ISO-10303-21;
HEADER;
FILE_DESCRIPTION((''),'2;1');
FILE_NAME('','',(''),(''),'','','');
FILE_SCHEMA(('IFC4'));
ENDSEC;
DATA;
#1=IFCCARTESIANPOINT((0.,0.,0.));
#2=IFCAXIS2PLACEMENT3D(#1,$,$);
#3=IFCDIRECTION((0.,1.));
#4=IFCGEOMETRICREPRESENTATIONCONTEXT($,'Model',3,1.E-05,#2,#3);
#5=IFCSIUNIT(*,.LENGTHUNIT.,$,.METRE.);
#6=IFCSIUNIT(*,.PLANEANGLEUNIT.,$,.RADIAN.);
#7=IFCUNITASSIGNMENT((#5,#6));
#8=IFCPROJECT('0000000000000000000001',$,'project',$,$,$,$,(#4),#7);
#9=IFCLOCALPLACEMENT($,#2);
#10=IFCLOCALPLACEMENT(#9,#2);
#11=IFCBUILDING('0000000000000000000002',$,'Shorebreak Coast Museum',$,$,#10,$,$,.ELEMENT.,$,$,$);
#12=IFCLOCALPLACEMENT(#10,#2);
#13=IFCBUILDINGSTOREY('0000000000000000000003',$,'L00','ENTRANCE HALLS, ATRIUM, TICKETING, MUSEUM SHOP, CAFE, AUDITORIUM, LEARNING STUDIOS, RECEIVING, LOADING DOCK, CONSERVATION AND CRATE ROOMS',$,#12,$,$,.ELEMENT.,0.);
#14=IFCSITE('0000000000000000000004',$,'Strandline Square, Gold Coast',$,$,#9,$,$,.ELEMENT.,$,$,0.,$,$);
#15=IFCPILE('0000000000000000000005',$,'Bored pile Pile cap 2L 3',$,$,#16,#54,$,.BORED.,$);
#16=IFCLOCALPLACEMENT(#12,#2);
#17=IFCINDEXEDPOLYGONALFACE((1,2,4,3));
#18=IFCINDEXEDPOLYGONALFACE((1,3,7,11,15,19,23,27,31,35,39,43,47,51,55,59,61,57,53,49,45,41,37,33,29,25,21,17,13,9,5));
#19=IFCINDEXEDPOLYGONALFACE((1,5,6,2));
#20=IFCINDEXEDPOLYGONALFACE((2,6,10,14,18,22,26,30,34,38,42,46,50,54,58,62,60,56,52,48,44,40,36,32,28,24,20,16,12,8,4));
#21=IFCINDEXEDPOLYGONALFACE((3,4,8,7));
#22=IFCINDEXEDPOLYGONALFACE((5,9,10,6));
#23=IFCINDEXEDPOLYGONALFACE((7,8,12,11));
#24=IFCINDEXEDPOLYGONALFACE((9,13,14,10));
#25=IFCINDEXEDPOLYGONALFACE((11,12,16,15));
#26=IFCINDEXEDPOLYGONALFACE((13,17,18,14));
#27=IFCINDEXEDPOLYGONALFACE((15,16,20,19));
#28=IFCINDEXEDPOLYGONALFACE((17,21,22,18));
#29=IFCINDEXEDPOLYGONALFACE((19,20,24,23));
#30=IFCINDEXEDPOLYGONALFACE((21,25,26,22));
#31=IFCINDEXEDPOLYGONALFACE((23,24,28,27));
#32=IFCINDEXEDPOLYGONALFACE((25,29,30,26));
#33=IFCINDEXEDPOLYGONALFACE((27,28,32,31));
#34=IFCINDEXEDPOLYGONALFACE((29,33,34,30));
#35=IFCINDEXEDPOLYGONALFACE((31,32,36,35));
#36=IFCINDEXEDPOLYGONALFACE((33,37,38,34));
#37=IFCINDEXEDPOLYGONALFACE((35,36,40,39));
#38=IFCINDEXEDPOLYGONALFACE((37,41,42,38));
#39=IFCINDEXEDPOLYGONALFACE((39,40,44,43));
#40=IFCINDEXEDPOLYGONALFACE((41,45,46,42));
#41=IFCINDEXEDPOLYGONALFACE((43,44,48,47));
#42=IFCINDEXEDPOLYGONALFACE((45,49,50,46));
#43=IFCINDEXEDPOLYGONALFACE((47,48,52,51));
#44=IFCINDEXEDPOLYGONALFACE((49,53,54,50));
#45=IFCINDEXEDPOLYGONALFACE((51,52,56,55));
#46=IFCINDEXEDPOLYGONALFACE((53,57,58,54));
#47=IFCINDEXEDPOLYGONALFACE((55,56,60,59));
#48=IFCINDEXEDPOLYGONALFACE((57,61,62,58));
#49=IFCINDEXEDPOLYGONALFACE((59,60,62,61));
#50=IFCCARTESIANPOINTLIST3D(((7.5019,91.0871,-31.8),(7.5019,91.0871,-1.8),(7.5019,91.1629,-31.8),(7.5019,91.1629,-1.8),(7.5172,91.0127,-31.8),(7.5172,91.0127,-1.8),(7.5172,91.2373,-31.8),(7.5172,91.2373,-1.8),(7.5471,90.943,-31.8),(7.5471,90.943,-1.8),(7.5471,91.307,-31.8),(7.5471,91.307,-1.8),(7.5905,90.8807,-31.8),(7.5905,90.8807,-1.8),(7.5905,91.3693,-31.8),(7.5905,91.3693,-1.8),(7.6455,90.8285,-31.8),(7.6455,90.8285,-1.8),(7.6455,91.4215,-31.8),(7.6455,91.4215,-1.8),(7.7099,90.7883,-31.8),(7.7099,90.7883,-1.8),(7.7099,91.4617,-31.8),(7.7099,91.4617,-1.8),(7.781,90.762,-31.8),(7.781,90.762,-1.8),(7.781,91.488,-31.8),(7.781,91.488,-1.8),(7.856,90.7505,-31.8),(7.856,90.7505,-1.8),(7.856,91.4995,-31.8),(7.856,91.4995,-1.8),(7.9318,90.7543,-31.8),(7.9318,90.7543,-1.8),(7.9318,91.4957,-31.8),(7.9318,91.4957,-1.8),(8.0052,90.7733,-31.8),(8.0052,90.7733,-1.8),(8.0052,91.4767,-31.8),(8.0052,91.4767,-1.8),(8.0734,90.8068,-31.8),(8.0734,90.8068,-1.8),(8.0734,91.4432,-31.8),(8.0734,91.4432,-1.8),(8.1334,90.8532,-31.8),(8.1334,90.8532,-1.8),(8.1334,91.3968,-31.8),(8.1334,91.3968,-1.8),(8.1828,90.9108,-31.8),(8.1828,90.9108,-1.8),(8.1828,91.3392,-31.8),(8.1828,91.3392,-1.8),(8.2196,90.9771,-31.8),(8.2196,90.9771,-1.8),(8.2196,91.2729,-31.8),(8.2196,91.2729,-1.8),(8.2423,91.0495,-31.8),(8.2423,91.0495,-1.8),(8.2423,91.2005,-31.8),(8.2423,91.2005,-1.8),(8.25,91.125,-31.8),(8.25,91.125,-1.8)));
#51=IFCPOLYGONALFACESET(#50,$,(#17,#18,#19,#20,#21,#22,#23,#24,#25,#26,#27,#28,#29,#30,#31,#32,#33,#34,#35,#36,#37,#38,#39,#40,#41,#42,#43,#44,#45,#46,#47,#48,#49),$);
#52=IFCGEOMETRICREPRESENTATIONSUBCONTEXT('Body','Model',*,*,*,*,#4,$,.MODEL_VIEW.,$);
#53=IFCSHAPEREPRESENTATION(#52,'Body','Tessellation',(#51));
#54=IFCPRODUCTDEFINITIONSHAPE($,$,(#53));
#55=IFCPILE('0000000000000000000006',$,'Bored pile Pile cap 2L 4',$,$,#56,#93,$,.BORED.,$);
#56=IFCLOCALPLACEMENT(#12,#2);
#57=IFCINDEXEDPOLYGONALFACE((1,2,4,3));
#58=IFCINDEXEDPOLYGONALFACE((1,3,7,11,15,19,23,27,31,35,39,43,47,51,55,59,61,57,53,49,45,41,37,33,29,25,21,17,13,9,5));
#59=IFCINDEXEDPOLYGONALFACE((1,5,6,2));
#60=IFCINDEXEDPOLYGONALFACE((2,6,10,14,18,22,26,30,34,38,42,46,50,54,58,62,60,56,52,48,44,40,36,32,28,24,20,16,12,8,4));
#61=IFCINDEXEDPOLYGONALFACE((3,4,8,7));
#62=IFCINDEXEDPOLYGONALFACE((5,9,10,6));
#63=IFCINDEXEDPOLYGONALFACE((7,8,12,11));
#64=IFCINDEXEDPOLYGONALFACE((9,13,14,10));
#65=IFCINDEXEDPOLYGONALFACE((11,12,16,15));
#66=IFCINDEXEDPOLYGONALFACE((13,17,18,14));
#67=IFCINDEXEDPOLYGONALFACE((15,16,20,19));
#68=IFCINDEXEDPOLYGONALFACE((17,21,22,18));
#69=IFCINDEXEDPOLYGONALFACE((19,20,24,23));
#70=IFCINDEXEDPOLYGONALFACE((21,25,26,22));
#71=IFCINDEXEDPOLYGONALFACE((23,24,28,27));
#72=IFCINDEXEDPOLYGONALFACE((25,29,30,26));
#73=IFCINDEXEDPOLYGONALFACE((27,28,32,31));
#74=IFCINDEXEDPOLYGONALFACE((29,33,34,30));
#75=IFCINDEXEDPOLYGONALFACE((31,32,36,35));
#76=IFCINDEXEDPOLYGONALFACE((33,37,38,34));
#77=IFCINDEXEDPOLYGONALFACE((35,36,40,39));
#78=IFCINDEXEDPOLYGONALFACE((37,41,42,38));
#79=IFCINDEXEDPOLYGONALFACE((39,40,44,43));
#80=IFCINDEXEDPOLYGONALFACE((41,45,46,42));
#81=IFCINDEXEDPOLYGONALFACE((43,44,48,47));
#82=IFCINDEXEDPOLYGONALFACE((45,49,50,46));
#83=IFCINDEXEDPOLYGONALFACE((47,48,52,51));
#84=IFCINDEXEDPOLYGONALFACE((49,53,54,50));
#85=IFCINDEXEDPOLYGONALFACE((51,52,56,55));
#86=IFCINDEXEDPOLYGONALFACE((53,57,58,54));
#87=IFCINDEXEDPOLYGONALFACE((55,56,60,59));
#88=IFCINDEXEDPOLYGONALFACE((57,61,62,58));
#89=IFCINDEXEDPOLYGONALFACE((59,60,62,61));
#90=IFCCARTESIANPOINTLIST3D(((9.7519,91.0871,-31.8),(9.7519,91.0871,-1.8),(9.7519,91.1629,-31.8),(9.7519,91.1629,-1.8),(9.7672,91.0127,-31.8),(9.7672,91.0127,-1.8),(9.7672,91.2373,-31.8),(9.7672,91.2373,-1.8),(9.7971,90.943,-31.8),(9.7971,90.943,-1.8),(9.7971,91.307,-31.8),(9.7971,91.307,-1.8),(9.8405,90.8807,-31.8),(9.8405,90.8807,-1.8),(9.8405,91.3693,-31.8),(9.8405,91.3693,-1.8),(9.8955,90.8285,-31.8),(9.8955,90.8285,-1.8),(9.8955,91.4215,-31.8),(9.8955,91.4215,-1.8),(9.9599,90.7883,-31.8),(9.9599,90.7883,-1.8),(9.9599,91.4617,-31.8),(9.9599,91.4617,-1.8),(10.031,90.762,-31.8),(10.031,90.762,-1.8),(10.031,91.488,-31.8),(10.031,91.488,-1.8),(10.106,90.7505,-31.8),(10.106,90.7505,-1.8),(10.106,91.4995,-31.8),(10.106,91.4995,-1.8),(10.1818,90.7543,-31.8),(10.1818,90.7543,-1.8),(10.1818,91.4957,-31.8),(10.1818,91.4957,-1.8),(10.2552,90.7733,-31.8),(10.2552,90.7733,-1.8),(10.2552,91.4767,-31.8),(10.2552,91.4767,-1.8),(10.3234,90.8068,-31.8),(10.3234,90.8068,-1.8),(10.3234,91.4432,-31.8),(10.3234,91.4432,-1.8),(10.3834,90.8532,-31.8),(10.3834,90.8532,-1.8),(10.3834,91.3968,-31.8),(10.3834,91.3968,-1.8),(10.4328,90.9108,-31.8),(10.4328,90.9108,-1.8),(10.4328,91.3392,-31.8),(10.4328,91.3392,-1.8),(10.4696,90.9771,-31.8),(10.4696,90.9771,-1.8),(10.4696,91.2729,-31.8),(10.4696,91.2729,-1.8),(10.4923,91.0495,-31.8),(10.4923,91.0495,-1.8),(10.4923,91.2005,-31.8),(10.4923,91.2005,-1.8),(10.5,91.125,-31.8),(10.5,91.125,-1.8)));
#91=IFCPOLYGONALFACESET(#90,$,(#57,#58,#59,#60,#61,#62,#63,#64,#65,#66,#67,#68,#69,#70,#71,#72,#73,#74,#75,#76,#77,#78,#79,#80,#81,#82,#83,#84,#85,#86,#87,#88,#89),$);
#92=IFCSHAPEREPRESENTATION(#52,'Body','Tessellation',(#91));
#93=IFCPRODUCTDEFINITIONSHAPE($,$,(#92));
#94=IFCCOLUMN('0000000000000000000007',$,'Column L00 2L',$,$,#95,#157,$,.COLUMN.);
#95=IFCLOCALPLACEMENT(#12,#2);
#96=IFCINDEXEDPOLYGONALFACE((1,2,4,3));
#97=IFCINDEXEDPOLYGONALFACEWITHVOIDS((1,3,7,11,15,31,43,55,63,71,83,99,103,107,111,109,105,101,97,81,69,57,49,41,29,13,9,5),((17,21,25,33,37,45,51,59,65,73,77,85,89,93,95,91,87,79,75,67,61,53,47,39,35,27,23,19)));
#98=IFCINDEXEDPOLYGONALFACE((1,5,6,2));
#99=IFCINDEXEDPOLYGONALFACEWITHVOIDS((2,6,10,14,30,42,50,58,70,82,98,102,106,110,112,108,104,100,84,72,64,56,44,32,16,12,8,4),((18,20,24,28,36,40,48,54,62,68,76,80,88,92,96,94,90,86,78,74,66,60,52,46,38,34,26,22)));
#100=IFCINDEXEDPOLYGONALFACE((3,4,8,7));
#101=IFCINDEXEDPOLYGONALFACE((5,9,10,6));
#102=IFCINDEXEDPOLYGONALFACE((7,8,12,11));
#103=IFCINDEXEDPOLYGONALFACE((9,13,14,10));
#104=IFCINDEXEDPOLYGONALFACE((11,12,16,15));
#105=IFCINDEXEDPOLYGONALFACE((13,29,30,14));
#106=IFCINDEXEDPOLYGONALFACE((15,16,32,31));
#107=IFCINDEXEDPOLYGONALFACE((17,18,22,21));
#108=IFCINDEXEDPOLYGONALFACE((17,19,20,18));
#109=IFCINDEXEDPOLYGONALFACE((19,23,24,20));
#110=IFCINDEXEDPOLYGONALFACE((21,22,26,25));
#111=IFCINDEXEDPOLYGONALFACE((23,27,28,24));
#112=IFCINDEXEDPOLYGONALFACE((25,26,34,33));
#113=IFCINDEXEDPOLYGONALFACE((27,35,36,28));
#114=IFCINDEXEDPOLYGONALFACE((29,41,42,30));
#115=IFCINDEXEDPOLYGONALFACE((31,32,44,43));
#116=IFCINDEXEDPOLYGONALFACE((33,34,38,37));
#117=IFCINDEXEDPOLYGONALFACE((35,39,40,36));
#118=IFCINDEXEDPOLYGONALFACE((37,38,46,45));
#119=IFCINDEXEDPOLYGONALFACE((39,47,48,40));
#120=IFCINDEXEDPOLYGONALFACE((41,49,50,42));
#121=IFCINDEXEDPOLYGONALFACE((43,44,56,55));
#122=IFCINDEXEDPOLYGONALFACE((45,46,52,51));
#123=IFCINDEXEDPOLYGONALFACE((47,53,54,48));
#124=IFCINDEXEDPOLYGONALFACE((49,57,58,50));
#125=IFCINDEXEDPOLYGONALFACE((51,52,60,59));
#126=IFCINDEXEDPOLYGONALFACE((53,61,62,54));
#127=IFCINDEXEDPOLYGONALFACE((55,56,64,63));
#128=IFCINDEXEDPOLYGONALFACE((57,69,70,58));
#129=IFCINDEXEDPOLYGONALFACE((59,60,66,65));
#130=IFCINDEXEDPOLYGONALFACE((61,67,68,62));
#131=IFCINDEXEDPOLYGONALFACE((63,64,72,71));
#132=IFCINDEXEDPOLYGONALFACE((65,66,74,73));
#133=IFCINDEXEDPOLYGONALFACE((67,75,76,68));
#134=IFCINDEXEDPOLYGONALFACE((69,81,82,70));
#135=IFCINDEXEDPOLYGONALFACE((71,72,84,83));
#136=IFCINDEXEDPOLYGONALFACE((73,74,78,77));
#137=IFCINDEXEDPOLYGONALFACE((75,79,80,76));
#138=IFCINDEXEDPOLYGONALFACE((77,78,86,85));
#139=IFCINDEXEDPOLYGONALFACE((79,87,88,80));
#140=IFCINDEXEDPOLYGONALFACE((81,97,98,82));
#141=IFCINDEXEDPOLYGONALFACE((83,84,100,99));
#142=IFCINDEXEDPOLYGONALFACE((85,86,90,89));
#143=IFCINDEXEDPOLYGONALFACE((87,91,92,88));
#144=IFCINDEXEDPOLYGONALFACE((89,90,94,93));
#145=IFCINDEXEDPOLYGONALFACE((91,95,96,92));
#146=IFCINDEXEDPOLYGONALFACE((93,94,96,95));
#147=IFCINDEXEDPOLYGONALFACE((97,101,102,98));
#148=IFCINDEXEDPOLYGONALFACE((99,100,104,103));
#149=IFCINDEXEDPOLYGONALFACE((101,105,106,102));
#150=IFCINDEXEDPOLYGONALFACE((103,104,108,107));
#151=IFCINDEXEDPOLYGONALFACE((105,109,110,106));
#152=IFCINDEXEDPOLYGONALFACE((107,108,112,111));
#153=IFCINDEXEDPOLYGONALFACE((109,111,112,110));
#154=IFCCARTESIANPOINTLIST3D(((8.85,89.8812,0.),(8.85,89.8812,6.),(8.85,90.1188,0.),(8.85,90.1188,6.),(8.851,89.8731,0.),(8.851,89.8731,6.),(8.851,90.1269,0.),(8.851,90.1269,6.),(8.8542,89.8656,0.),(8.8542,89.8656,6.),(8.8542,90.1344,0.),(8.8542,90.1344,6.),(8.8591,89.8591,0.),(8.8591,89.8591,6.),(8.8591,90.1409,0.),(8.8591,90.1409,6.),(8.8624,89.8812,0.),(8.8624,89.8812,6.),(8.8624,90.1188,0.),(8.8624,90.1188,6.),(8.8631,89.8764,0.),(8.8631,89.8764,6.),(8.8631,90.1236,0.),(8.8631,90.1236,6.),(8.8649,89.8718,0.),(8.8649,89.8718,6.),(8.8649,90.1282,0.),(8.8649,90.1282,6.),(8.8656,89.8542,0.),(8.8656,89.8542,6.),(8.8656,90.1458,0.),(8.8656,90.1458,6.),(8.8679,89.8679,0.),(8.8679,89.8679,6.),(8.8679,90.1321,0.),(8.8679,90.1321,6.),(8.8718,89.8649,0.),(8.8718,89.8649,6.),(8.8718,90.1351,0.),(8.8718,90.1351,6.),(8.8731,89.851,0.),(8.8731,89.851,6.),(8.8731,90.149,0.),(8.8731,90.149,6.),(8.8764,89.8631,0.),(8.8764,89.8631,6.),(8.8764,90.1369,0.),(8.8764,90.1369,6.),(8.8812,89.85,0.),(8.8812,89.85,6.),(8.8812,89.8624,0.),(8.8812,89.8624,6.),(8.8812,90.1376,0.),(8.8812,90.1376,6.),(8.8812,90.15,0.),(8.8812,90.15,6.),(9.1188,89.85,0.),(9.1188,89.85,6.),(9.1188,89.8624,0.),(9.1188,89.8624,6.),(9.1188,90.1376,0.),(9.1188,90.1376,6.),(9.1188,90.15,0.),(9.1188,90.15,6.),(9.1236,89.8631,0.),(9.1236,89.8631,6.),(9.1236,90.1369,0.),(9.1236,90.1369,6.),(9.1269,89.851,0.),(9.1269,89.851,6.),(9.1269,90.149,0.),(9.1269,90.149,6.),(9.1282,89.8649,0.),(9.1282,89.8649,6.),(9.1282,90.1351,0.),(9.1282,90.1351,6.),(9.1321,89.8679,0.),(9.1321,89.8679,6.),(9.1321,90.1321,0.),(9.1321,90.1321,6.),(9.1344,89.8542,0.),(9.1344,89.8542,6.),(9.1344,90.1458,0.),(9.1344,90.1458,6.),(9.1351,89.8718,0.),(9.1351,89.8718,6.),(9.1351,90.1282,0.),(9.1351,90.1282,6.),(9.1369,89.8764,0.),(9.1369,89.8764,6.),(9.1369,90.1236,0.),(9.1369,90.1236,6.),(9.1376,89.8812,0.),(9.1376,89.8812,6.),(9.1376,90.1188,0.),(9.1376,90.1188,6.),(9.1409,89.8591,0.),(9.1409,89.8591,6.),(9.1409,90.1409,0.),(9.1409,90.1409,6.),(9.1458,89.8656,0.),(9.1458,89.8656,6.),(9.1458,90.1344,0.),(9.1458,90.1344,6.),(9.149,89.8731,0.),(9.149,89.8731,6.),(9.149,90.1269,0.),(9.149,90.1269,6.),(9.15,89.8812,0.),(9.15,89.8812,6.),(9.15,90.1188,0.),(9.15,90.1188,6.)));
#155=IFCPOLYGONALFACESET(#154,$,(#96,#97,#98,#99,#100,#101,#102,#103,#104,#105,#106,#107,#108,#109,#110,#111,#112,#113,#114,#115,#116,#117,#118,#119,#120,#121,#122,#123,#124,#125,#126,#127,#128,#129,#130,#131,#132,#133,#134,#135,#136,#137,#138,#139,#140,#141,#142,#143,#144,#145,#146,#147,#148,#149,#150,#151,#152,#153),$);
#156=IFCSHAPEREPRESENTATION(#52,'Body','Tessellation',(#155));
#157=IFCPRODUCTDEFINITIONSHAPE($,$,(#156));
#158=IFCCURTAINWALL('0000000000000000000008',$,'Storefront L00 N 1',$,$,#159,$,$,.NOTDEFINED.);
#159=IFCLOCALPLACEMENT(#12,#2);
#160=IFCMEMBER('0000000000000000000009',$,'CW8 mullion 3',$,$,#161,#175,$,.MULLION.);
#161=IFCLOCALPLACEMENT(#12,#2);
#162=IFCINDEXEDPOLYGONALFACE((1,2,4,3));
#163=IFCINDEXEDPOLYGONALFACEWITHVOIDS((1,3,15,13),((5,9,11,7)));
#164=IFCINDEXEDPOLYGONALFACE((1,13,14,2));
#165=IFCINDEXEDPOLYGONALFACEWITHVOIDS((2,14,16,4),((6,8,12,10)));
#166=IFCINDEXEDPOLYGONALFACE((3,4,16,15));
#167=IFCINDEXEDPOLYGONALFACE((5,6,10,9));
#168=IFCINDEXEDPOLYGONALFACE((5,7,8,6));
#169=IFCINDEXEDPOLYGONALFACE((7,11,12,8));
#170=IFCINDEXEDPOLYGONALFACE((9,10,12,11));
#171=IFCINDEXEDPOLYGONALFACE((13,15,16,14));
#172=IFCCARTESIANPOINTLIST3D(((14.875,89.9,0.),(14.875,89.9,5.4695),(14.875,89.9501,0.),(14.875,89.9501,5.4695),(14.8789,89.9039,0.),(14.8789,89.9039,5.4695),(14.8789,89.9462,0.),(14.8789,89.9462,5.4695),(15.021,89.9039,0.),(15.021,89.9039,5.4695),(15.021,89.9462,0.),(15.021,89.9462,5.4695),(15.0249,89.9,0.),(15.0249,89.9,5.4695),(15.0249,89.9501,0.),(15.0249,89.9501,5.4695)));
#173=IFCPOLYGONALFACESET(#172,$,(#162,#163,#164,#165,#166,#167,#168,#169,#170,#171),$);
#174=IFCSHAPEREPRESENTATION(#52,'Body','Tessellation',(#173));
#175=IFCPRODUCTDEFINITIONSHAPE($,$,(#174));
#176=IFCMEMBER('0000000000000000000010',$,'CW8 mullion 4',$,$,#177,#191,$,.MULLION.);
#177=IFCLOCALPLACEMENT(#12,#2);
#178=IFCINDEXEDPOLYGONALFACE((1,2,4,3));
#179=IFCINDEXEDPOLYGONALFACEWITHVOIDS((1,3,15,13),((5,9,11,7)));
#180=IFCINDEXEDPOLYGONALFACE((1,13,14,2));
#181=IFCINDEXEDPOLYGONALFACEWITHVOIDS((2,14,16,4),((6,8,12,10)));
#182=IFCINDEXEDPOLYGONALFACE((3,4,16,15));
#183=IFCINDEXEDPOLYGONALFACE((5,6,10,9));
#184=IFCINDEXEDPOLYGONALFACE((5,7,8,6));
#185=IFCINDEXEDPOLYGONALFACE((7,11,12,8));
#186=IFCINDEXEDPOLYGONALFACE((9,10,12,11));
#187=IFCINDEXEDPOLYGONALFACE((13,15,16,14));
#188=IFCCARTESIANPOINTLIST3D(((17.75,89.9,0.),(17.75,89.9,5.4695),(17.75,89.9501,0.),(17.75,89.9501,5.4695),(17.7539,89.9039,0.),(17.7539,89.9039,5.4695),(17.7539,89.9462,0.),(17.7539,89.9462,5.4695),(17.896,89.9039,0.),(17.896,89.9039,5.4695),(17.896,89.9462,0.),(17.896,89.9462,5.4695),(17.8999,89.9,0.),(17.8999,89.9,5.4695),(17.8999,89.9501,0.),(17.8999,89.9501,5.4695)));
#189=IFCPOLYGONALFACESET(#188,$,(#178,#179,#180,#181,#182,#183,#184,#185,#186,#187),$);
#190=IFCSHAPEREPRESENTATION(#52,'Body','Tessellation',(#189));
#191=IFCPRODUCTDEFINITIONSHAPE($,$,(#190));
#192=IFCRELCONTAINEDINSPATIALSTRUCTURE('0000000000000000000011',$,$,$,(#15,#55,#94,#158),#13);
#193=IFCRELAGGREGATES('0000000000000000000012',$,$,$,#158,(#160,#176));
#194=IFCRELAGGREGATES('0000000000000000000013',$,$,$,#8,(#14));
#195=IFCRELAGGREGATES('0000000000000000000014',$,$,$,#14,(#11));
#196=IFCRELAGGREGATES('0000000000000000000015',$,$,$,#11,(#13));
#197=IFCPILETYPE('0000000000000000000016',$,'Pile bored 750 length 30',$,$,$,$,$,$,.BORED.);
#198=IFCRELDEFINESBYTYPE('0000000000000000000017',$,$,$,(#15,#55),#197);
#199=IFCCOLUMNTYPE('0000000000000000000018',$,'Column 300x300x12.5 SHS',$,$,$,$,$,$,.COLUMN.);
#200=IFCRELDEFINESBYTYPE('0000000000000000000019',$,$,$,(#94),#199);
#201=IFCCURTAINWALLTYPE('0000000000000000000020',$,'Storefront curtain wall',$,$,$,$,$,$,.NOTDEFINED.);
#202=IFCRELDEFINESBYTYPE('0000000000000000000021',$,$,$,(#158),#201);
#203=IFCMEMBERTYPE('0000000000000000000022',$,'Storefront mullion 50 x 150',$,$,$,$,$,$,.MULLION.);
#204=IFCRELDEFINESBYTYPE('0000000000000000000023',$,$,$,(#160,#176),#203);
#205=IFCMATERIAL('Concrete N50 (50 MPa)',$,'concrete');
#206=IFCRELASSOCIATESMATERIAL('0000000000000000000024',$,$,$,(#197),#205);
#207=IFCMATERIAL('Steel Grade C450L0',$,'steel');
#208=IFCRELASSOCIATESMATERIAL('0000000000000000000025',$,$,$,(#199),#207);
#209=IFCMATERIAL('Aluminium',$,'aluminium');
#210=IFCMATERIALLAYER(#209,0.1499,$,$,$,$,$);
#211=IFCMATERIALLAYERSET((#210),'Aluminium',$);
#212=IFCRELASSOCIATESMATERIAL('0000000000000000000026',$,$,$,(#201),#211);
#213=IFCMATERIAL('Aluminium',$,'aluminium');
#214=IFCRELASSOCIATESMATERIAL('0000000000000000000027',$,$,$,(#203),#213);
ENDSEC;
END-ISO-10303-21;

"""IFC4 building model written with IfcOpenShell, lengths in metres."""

from ifc_helpers import new_model, si_unit, direction, frame, origin, origin_2d, place, context, subcontext, project, spatial, hollow_rectangle, circle, extrude, material, layer, layer_set, material_profile, profile_set, type_object, element, aggregate, save


model = new_model("IFC4")

# Units and contexts
model_context = context("Model", 3, precision=1e-05, world=origin(), true_north=direction((0.0, 1.0)))
body_context = subcontext(model_context, "Body", "Model", "MODEL_VIEW")
ifc_project = project(units=[si_unit("LENGTHUNIT", "METRE"), si_unit("PLANEANGLEUNIT", "RADIAN")], contexts=[model_context])

# Site, building, storey
site_placement = place(None, origin())
site = spatial("IfcSite", under=ifc_project, at=site_placement, Name="Strandline Square, Gold Coast", CompositionType="ELEMENT", RefElevation=0.0)
building_placement = place(site_placement, origin())
building = spatial("IfcBuilding", under=site, at=building_placement, Name="Shorebreak Coast Museum", CompositionType="ELEMENT")
storey_placement = place(building_placement, origin())
storey = spatial("IfcBuildingStorey", under=building, at=storey_placement, Name="L00", Description="ENTRANCE HALLS, ATRIUM, TICKETING, MUSEUM SHOP, CAFE, AUDITORIUM, LEARNING STUDIOS, RECEIVING, LOADING DOCK, CONSERVATION AND CRATE ROOMS", CompositionType="ELEMENT", Elevation=0.0)

# Piles
ifc_material_1 = material(Name="Concrete N50 (50 MPa)", Category="concrete")
ifc_material_profile_1 = material_profile(ifc_material_1, circle(Radius=0.375, at=origin_2d()), Name="Pile bored 750 length 30")
ifc_profile_set_1 = profile_set([ifc_material_profile_1], Name="Concrete N50 (50 MPa)")
pile_type_1 = type_object("IfcPileType", Name="Pile bored 750 length 30", PredefinedType="BORED", material=ifc_profile_set_1)
for number, where, z_axis, x_axis, name in (
    (1, (7.875, 91.125, -1.8), (0.0, 0.0, -1.0), (1.0, 0.0, 0.0), "Bored pile Pile cap 2L 3"),
    (2, (10.125, 91.125, -1.8), (0.0, 0.0, -1.0), (1.0, 0.0, 0.0), "Bored pile Pile cap 2L 4"),
):
    element("IfcPile", number, at=place(storey_placement, frame(where, z_axis=z_axis, x_axis=x_axis)), inside=storey, type_object=pile_type_1, Name=name, PredefinedType="BORED", context=body_context, shape_type="SweptSolid", body=[
        extrude(circle(Radius=0.375, at=origin_2d()), origin(), (0.0, 0.0, 1.0), 30.0),
    ])

# Column
ifc_material_2 = material(Name="Steel Grade C450L0", Category="steel")
ifc_material_profile_2 = material_profile(ifc_material_2, hollow_rectangle(XDim=0.3, YDim=0.3, WallThickness=0.0125, InnerFilletRadius=0.0188, OuterFilletRadius=0.0312, at=origin_2d()), Name="300x300x12.5 SHS")
ifc_profile_set_2 = profile_set([ifc_material_profile_2], Name="Steel Grade C450L0")
column_type = type_object("IfcColumnType", Name="Column 300x300x12.5 SHS", PredefinedType="COLUMN", material=ifc_profile_set_2)
column_placement = place(storey_placement, frame((9.0, 90.0, 0.0), z_axis=(0.0, 0.0, 1.0), x_axis=(1.0, 0.0, 0.0)))
element("IfcColumn", 3, at=column_placement, inside=storey, type_object=column_type, Name="Column L00 2L", PredefinedType="COLUMN", context=body_context, shape_type="SweptSolid", body=[
    extrude(hollow_rectangle(XDim=0.3, YDim=0.3, WallThickness=0.0125, InnerFilletRadius=0.0188, OuterFilletRadius=0.0312, at=origin_2d()), origin(), (0.0, 0.0, 1.0), 6.0),
])

# Curtain wall, members
ifc_material_3 = material(Name="Aluminium", Category="aluminium")
ifc_layer_1 = layer(ifc_material_3, 0.1499)
ifc_layer_set_1 = layer_set([ifc_layer_1], Name="Aluminium")
curtain_wall_type = type_object("IfcCurtainWallType", Name="Storefront curtain wall", PredefinedType="NOTDEFINED", material=ifc_layer_set_1)
curtain_wall_placement = place(storey_placement, origin())
curtain_wall = element("IfcCurtainWall", 4, at=curtain_wall_placement, inside=storey, type_object=curtain_wall_type, Name="Storefront L00 N 1", PredefinedType="NOTDEFINED")
ifc_material_4 = material(Name="Aluminium", Category="aluminium")
ifc_material_profile_3 = material_profile(ifc_material_4, hollow_rectangle(XDim=0.05, YDim=0.1499, WallThickness=0.0039, at=origin_2d()), Name="AL 150x50 RHS")
ifc_profile_set_3 = profile_set([ifc_material_profile_3], Name="Aluminium")
member_type_1 = type_object("IfcMemberType", Name="Storefront mullion 50 x 150", PredefinedType="MULLION", material=ifc_profile_set_3)
member_1_placement = place(storey_placement, frame((14.95, 89.925, 0.0), z_axis=(0.0, 0.0, 1.0), x_axis=(0.0, 1.0, 0.0)))
member_1 = element("IfcMember", 5, at=member_1_placement, type_object=member_type_1, Name="CW8 mullion 3", PredefinedType="MULLION", context=body_context, shape_type="SweptSolid", body=[
    extrude(hollow_rectangle(XDim=0.05, YDim=0.1499, WallThickness=0.0039, at=origin_2d()), origin(), (0.0, 0.0, 1.0), 5.4695),
])
member_2_placement = place(storey_placement, frame((17.825, 89.925, 0.0), z_axis=(0.0, 0.0, 1.0), x_axis=(0.0, 1.0, 0.0)))
member_2 = element("IfcMember", 6, at=member_2_placement, type_object=member_type_1, Name="CW8 mullion 4", PredefinedType="MULLION", context=body_context, shape_type="SweptSolid", body=[
    extrude(hollow_rectangle(XDim=0.05, YDim=0.1499, WallThickness=0.0039, at=origin_2d()), origin(), (0.0, 0.0, 1.0), 5.4695),
])
aggregate(curtain_wall, [member_1, member_2])

save(model, "model.ifc")
